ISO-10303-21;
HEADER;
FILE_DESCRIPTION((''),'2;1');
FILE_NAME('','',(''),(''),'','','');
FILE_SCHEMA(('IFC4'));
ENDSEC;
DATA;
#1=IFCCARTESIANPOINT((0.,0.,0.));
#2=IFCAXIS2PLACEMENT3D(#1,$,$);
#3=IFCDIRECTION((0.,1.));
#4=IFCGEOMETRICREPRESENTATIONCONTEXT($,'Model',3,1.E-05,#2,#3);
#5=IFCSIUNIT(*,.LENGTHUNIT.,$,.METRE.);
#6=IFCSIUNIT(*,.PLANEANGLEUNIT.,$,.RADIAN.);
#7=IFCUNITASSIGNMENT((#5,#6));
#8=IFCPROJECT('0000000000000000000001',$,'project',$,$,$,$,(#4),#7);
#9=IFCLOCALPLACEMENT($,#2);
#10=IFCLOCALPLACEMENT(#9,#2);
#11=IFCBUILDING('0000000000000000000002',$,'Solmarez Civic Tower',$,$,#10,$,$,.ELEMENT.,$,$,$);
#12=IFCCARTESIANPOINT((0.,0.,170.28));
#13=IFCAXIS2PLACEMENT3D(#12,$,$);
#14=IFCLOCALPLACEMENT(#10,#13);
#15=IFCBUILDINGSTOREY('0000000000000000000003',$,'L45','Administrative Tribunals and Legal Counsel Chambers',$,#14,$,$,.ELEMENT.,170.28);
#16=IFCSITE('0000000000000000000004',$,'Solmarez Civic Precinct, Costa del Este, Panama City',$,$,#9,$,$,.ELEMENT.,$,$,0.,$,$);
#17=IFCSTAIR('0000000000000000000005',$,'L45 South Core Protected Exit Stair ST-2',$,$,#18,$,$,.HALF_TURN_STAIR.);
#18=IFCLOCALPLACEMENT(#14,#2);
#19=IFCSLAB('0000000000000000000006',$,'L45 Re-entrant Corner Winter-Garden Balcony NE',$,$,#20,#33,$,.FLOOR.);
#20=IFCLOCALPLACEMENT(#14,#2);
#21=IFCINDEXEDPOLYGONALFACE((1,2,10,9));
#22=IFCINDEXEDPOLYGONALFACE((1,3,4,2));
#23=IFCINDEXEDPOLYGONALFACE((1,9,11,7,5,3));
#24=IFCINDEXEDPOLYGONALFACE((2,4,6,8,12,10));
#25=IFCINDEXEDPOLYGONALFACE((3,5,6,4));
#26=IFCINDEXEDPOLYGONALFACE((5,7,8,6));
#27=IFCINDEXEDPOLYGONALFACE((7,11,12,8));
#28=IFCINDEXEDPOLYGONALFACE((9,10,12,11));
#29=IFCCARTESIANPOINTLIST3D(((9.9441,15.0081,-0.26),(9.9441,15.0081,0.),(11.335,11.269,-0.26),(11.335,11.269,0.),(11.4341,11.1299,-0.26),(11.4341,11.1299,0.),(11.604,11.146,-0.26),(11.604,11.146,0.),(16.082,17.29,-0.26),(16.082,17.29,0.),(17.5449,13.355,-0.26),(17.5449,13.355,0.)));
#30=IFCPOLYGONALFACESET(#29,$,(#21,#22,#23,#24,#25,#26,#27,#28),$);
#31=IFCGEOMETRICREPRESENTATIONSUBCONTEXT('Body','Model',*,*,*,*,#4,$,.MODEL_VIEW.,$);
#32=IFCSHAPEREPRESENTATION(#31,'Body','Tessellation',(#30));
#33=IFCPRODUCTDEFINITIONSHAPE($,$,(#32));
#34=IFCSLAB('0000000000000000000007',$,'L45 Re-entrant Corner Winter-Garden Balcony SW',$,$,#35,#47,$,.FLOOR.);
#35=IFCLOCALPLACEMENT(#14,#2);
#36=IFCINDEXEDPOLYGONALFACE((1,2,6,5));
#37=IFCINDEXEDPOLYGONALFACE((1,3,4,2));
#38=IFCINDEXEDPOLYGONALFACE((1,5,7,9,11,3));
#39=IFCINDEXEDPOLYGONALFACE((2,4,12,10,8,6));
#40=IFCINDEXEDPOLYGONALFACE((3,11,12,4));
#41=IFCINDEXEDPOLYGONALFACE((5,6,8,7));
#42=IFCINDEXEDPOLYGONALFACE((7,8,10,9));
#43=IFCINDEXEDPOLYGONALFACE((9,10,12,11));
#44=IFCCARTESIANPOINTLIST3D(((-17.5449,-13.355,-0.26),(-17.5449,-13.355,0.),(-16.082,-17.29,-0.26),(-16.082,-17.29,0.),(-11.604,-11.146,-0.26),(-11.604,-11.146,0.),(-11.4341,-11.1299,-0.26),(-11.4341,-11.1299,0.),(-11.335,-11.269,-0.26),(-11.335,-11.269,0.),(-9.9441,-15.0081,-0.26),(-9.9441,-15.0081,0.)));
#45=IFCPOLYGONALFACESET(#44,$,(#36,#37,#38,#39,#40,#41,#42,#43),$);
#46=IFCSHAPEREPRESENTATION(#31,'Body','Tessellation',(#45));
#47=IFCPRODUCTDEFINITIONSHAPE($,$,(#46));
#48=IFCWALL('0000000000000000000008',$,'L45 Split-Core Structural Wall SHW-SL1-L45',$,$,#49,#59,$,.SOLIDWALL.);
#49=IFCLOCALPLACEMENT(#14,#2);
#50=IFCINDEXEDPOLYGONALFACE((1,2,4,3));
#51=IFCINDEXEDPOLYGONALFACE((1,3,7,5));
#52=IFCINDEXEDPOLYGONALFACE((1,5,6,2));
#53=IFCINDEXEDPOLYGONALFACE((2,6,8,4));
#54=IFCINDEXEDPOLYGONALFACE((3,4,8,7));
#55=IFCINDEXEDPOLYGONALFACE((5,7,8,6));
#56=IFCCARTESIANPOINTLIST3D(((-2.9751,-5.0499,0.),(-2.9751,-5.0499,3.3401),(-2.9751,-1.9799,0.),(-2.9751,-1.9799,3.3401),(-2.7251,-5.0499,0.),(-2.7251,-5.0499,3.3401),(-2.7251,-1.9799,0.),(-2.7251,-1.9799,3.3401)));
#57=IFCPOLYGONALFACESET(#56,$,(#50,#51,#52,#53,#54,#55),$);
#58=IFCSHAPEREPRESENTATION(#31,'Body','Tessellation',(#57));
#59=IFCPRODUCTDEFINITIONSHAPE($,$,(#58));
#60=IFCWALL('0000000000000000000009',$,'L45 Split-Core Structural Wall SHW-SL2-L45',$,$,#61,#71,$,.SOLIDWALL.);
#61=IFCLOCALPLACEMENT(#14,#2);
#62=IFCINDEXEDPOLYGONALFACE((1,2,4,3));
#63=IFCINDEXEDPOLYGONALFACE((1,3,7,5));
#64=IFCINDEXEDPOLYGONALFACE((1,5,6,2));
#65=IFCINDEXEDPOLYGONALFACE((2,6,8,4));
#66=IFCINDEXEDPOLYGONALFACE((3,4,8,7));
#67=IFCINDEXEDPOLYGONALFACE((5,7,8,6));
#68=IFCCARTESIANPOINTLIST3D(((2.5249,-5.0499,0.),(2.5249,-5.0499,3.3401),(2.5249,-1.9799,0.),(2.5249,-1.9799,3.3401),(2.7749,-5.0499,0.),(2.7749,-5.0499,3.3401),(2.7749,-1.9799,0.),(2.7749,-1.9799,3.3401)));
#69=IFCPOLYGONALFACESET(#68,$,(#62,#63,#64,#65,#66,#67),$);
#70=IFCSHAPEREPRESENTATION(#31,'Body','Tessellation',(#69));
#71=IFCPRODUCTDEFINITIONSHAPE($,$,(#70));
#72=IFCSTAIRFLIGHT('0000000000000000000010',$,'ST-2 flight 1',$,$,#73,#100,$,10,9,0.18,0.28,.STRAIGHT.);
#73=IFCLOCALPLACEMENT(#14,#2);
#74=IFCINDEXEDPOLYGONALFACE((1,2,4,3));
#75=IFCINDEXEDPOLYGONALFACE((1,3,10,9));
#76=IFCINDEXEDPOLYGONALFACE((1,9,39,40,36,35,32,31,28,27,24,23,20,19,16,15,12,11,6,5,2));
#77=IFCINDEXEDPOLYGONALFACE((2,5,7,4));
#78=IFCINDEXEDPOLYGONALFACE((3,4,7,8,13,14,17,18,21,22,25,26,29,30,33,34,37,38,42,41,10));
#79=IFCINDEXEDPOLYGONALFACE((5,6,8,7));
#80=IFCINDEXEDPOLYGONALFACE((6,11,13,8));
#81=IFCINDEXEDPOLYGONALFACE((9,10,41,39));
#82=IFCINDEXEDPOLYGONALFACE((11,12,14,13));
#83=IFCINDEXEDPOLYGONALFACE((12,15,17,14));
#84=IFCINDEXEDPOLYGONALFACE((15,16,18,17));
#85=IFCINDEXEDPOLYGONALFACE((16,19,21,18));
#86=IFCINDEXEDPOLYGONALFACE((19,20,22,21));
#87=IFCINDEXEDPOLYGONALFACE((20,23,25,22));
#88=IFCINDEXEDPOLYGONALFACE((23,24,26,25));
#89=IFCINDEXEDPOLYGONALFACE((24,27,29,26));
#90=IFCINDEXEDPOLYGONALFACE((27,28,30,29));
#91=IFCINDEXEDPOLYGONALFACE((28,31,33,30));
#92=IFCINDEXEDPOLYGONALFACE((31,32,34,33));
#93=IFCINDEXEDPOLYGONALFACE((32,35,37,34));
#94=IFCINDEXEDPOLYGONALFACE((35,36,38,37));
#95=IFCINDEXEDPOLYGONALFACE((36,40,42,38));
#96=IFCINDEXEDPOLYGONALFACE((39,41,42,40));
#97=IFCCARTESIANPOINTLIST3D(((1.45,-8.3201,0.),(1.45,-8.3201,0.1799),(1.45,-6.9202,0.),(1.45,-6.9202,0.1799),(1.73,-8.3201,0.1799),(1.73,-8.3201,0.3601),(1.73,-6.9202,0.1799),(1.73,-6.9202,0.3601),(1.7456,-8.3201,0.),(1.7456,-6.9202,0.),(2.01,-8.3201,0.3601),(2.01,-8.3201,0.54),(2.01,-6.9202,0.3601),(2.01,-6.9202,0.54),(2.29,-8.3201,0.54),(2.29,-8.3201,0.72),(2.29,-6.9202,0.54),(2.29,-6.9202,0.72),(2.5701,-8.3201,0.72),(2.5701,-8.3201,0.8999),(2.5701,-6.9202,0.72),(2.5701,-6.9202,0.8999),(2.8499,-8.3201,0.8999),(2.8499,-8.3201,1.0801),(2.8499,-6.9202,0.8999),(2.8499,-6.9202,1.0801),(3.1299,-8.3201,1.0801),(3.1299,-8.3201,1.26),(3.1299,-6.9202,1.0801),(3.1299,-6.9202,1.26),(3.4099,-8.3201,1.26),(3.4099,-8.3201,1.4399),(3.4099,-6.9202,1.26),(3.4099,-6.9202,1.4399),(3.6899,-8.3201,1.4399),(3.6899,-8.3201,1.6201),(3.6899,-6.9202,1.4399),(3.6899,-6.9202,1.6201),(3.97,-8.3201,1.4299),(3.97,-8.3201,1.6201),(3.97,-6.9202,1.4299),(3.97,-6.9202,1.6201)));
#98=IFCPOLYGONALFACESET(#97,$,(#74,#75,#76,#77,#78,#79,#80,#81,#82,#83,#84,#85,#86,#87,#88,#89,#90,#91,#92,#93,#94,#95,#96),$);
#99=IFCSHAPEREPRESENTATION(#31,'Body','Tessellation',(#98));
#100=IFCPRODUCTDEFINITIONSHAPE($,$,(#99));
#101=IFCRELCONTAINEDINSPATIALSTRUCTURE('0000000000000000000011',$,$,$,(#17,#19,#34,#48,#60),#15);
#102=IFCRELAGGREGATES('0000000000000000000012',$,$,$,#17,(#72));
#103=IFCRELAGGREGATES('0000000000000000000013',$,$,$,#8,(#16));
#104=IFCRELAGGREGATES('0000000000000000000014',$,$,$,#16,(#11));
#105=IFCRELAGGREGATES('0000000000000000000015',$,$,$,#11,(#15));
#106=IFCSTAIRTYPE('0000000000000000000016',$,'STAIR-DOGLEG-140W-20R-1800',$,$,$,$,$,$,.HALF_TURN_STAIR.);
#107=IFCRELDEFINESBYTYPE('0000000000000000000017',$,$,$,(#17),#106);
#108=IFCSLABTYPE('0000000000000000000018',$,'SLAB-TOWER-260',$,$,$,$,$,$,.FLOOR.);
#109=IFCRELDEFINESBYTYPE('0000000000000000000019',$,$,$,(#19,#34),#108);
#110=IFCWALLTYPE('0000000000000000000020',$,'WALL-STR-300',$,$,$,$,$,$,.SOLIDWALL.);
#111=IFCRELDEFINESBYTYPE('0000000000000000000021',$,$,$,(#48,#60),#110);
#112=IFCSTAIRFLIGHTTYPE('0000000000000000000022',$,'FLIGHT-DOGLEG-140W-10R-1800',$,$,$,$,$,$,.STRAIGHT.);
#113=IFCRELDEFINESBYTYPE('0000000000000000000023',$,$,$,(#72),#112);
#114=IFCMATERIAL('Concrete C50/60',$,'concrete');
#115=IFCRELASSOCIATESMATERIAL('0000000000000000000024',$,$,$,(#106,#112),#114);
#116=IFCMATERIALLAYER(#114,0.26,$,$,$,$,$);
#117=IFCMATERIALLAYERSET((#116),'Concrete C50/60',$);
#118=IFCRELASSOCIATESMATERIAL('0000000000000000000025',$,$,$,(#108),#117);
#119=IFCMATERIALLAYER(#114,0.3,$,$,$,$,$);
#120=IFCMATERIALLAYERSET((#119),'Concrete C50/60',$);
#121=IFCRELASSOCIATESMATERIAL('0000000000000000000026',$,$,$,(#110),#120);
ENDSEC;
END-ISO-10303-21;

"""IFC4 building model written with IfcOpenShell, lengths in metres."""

from ifc_helpers import new_model, si_unit, direction, frame, frame_2d, origin, place, context, subcontext, project, spatial, polyline, rectangle, outline, extrude, material, layer, layer_set, type_object, element, aggregate, save


model = new_model("IFC4")

# Units and contexts
model_context = context("Model", 3, precision=1e-05, world=origin(), true_north=direction((0.0, 1.0)))
body_context = subcontext(model_context, "Body", "Model", "MODEL_VIEW")
ifc_project = project(units=[si_unit("LENGTHUNIT", "METRE"), si_unit("PLANEANGLEUNIT", "RADIAN")], contexts=[model_context])

# Site, building, storey
site_placement = place(None, origin())
site = spatial("IfcSite", under=ifc_project, at=site_placement, Name="Solmarez Civic Precinct, Costa del Este, Panama City", CompositionType="ELEMENT", RefElevation=0.0)
building_placement = place(site_placement, origin())
building = spatial("IfcBuilding", under=site, at=building_placement, Name="Solmarez Civic Tower", CompositionType="ELEMENT")
storey_placement = place(building_placement, frame((0.0, 0.0, 170.28)))
storey = spatial("IfcBuildingStorey", under=building, at=storey_placement, Name="L45", Description="Administrative Tribunals and Legal Counsel Chambers", CompositionType="ELEMENT", Elevation=170.28)

# Stair
ifc_material_1 = material(Name="Concrete C50/60", Category="concrete")
stair_type = type_object("IfcStairType", Name="STAIR-DOGLEG-140W-20R-1800", PredefinedType="HALF_TURN_STAIR", material=ifc_material_1)
stair_1_placement = place(storey_placement, origin())
stair_1 = element("IfcStair", 1, at=stair_1_placement, inside=storey, type_object=stair_type, Name="L45 South Core Protected Exit Stair ST-2", PredefinedType="HALF_TURN_STAIR")

# Slabs
ifc_layer_1 = layer(ifc_material_1, 0.26)
ifc_layer_set_1 = layer_set([ifc_layer_1], Name="Concrete C50/60")
slab_type_1 = type_object("IfcSlabType", Name="SLAB-TOWER-260", PredefinedType="FLOOR", material=ifc_layer_set_1)
slab_1_placement = place(storey_placement, frame((0.0, 0.0, -0.26)))
element("IfcSlab", 2, at=slab_1_placement, inside=storey, type_object=slab_type_1, Name="L45 Re-entrant Corner Winter-Garden Balcony NE", PredefinedType="FLOOR", context=body_context, shape_type="SweptSolid", body=[
    extrude(outline(polyline([(9.9441, 15.0081), (11.335, 11.269), (11.4341, 11.1299), (11.604, 11.146), (17.5449, 13.355), (16.082, 17.29), (9.9441, 15.0081)])), origin(), (0.0, 0.0, 1.0), 0.26),
])
slab_2_placement = place(storey_placement, frame((0.0, 0.0, -0.26)))
element("IfcSlab", 3, at=slab_2_placement, inside=storey, type_object=slab_type_1, Name="L45 Re-entrant Corner Winter-Garden Balcony SW", PredefinedType="FLOOR", context=body_context, shape_type="SweptSolid", body=[
    extrude(outline(polyline([(-9.9441, -15.0081), (-11.335, -11.269), (-11.4341, -11.1299), (-11.604, -11.146), (-17.5449, -13.355), (-16.082, -17.29), (-9.9441, -15.0081)])), origin(), (0.0, 0.0, 1.0), 0.26),
])

# Walls
ifc_layer_2 = layer(ifc_material_1, 0.3)
ifc_layer_set_2 = layer_set([ifc_layer_2], Name="Concrete C50/60")
wall_type = type_object("IfcWallType", Name="WALL-STR-300", PredefinedType="SOLIDWALL", material=ifc_layer_set_2)
for number, where, z_axis, x_axis, name in (
    (4, (-2.8501, -5.05, 0.0), (0.0, 0.0, 1.0), (0.0, 1.0, 0.0), "L45 Split-Core Structural Wall SHW-SL1-L45"),
    (5, (2.6499, -5.05, 0.0), (0.0, 0.0, 1.0), (0.0, 1.0, 0.0), "L45 Split-Core Structural Wall SHW-SL2-L45"),
):
    element("IfcWall", number, at=place(storey_placement, frame(where, z_axis=z_axis, x_axis=x_axis)), inside=storey, type_object=wall_type, Name=name, PredefinedType="SOLIDWALL", context=body_context, shape_type="SweptSolid", body=[
        extrude(rectangle(XDim=3.0701, YDim=0.25, at=frame_2d((1.5352, 0.0))), origin(), (0.0, 0.0, 1.0), 3.3401),
    ])

# Stair flight
stair_flight_type = type_object("IfcStairFlightType", Name="FLIGHT-DOGLEG-140W-10R-1800", PredefinedType="STRAIGHT", material=ifc_material_1)
stair_flight_placement = place(storey_placement, frame((1.45, -7.6201, 0.0), z_axis=(0.0, 0.0, 1.0), x_axis=(1.0, 0.0, 0.0)))
stair_flight = element("IfcStairFlight", 6, at=stair_flight_placement, type_object=stair_flight_type, Name="ST-2 flight 1", NumberOfRisers=10, NumberOfTreads=9, PredefinedType="STRAIGHT", RiserHeight=0.18, TreadLength=0.28, context=body_context, shape_type="SweptSolid", body=[
    extrude(outline(polyline([(0.0, 0.0), (0.0, 0.1799), (0.28, 0.1799), (0.28, 0.3601), (0.5601, 0.3601), (0.5601, 0.54), (0.8401, 0.54), (0.8401, 0.72), (1.1201, 0.72), (1.1201, 0.8999), (1.3999, 0.8999), (1.3999, 1.0801), (1.6799, 1.0801), (1.6799, 1.26), (1.96, 1.26), (1.96, 1.4399), (2.24, 1.4399), (2.24, 1.6201), (2.52, 1.6201), (2.52, 1.8), (2.52, 1.4299), (0.2957, 0.0), (0.0, 0.0)])), frame((0.0, 0.7, 0.0), z_axis=(0.0, -1.0, 0.0), x_axis=(1.0, 0.0, 0.0)), (0.0, 0.0, 1.0), 1.3999),
])
aggregate(stair_1, [stair_flight])

save(model, "model.ifc")
